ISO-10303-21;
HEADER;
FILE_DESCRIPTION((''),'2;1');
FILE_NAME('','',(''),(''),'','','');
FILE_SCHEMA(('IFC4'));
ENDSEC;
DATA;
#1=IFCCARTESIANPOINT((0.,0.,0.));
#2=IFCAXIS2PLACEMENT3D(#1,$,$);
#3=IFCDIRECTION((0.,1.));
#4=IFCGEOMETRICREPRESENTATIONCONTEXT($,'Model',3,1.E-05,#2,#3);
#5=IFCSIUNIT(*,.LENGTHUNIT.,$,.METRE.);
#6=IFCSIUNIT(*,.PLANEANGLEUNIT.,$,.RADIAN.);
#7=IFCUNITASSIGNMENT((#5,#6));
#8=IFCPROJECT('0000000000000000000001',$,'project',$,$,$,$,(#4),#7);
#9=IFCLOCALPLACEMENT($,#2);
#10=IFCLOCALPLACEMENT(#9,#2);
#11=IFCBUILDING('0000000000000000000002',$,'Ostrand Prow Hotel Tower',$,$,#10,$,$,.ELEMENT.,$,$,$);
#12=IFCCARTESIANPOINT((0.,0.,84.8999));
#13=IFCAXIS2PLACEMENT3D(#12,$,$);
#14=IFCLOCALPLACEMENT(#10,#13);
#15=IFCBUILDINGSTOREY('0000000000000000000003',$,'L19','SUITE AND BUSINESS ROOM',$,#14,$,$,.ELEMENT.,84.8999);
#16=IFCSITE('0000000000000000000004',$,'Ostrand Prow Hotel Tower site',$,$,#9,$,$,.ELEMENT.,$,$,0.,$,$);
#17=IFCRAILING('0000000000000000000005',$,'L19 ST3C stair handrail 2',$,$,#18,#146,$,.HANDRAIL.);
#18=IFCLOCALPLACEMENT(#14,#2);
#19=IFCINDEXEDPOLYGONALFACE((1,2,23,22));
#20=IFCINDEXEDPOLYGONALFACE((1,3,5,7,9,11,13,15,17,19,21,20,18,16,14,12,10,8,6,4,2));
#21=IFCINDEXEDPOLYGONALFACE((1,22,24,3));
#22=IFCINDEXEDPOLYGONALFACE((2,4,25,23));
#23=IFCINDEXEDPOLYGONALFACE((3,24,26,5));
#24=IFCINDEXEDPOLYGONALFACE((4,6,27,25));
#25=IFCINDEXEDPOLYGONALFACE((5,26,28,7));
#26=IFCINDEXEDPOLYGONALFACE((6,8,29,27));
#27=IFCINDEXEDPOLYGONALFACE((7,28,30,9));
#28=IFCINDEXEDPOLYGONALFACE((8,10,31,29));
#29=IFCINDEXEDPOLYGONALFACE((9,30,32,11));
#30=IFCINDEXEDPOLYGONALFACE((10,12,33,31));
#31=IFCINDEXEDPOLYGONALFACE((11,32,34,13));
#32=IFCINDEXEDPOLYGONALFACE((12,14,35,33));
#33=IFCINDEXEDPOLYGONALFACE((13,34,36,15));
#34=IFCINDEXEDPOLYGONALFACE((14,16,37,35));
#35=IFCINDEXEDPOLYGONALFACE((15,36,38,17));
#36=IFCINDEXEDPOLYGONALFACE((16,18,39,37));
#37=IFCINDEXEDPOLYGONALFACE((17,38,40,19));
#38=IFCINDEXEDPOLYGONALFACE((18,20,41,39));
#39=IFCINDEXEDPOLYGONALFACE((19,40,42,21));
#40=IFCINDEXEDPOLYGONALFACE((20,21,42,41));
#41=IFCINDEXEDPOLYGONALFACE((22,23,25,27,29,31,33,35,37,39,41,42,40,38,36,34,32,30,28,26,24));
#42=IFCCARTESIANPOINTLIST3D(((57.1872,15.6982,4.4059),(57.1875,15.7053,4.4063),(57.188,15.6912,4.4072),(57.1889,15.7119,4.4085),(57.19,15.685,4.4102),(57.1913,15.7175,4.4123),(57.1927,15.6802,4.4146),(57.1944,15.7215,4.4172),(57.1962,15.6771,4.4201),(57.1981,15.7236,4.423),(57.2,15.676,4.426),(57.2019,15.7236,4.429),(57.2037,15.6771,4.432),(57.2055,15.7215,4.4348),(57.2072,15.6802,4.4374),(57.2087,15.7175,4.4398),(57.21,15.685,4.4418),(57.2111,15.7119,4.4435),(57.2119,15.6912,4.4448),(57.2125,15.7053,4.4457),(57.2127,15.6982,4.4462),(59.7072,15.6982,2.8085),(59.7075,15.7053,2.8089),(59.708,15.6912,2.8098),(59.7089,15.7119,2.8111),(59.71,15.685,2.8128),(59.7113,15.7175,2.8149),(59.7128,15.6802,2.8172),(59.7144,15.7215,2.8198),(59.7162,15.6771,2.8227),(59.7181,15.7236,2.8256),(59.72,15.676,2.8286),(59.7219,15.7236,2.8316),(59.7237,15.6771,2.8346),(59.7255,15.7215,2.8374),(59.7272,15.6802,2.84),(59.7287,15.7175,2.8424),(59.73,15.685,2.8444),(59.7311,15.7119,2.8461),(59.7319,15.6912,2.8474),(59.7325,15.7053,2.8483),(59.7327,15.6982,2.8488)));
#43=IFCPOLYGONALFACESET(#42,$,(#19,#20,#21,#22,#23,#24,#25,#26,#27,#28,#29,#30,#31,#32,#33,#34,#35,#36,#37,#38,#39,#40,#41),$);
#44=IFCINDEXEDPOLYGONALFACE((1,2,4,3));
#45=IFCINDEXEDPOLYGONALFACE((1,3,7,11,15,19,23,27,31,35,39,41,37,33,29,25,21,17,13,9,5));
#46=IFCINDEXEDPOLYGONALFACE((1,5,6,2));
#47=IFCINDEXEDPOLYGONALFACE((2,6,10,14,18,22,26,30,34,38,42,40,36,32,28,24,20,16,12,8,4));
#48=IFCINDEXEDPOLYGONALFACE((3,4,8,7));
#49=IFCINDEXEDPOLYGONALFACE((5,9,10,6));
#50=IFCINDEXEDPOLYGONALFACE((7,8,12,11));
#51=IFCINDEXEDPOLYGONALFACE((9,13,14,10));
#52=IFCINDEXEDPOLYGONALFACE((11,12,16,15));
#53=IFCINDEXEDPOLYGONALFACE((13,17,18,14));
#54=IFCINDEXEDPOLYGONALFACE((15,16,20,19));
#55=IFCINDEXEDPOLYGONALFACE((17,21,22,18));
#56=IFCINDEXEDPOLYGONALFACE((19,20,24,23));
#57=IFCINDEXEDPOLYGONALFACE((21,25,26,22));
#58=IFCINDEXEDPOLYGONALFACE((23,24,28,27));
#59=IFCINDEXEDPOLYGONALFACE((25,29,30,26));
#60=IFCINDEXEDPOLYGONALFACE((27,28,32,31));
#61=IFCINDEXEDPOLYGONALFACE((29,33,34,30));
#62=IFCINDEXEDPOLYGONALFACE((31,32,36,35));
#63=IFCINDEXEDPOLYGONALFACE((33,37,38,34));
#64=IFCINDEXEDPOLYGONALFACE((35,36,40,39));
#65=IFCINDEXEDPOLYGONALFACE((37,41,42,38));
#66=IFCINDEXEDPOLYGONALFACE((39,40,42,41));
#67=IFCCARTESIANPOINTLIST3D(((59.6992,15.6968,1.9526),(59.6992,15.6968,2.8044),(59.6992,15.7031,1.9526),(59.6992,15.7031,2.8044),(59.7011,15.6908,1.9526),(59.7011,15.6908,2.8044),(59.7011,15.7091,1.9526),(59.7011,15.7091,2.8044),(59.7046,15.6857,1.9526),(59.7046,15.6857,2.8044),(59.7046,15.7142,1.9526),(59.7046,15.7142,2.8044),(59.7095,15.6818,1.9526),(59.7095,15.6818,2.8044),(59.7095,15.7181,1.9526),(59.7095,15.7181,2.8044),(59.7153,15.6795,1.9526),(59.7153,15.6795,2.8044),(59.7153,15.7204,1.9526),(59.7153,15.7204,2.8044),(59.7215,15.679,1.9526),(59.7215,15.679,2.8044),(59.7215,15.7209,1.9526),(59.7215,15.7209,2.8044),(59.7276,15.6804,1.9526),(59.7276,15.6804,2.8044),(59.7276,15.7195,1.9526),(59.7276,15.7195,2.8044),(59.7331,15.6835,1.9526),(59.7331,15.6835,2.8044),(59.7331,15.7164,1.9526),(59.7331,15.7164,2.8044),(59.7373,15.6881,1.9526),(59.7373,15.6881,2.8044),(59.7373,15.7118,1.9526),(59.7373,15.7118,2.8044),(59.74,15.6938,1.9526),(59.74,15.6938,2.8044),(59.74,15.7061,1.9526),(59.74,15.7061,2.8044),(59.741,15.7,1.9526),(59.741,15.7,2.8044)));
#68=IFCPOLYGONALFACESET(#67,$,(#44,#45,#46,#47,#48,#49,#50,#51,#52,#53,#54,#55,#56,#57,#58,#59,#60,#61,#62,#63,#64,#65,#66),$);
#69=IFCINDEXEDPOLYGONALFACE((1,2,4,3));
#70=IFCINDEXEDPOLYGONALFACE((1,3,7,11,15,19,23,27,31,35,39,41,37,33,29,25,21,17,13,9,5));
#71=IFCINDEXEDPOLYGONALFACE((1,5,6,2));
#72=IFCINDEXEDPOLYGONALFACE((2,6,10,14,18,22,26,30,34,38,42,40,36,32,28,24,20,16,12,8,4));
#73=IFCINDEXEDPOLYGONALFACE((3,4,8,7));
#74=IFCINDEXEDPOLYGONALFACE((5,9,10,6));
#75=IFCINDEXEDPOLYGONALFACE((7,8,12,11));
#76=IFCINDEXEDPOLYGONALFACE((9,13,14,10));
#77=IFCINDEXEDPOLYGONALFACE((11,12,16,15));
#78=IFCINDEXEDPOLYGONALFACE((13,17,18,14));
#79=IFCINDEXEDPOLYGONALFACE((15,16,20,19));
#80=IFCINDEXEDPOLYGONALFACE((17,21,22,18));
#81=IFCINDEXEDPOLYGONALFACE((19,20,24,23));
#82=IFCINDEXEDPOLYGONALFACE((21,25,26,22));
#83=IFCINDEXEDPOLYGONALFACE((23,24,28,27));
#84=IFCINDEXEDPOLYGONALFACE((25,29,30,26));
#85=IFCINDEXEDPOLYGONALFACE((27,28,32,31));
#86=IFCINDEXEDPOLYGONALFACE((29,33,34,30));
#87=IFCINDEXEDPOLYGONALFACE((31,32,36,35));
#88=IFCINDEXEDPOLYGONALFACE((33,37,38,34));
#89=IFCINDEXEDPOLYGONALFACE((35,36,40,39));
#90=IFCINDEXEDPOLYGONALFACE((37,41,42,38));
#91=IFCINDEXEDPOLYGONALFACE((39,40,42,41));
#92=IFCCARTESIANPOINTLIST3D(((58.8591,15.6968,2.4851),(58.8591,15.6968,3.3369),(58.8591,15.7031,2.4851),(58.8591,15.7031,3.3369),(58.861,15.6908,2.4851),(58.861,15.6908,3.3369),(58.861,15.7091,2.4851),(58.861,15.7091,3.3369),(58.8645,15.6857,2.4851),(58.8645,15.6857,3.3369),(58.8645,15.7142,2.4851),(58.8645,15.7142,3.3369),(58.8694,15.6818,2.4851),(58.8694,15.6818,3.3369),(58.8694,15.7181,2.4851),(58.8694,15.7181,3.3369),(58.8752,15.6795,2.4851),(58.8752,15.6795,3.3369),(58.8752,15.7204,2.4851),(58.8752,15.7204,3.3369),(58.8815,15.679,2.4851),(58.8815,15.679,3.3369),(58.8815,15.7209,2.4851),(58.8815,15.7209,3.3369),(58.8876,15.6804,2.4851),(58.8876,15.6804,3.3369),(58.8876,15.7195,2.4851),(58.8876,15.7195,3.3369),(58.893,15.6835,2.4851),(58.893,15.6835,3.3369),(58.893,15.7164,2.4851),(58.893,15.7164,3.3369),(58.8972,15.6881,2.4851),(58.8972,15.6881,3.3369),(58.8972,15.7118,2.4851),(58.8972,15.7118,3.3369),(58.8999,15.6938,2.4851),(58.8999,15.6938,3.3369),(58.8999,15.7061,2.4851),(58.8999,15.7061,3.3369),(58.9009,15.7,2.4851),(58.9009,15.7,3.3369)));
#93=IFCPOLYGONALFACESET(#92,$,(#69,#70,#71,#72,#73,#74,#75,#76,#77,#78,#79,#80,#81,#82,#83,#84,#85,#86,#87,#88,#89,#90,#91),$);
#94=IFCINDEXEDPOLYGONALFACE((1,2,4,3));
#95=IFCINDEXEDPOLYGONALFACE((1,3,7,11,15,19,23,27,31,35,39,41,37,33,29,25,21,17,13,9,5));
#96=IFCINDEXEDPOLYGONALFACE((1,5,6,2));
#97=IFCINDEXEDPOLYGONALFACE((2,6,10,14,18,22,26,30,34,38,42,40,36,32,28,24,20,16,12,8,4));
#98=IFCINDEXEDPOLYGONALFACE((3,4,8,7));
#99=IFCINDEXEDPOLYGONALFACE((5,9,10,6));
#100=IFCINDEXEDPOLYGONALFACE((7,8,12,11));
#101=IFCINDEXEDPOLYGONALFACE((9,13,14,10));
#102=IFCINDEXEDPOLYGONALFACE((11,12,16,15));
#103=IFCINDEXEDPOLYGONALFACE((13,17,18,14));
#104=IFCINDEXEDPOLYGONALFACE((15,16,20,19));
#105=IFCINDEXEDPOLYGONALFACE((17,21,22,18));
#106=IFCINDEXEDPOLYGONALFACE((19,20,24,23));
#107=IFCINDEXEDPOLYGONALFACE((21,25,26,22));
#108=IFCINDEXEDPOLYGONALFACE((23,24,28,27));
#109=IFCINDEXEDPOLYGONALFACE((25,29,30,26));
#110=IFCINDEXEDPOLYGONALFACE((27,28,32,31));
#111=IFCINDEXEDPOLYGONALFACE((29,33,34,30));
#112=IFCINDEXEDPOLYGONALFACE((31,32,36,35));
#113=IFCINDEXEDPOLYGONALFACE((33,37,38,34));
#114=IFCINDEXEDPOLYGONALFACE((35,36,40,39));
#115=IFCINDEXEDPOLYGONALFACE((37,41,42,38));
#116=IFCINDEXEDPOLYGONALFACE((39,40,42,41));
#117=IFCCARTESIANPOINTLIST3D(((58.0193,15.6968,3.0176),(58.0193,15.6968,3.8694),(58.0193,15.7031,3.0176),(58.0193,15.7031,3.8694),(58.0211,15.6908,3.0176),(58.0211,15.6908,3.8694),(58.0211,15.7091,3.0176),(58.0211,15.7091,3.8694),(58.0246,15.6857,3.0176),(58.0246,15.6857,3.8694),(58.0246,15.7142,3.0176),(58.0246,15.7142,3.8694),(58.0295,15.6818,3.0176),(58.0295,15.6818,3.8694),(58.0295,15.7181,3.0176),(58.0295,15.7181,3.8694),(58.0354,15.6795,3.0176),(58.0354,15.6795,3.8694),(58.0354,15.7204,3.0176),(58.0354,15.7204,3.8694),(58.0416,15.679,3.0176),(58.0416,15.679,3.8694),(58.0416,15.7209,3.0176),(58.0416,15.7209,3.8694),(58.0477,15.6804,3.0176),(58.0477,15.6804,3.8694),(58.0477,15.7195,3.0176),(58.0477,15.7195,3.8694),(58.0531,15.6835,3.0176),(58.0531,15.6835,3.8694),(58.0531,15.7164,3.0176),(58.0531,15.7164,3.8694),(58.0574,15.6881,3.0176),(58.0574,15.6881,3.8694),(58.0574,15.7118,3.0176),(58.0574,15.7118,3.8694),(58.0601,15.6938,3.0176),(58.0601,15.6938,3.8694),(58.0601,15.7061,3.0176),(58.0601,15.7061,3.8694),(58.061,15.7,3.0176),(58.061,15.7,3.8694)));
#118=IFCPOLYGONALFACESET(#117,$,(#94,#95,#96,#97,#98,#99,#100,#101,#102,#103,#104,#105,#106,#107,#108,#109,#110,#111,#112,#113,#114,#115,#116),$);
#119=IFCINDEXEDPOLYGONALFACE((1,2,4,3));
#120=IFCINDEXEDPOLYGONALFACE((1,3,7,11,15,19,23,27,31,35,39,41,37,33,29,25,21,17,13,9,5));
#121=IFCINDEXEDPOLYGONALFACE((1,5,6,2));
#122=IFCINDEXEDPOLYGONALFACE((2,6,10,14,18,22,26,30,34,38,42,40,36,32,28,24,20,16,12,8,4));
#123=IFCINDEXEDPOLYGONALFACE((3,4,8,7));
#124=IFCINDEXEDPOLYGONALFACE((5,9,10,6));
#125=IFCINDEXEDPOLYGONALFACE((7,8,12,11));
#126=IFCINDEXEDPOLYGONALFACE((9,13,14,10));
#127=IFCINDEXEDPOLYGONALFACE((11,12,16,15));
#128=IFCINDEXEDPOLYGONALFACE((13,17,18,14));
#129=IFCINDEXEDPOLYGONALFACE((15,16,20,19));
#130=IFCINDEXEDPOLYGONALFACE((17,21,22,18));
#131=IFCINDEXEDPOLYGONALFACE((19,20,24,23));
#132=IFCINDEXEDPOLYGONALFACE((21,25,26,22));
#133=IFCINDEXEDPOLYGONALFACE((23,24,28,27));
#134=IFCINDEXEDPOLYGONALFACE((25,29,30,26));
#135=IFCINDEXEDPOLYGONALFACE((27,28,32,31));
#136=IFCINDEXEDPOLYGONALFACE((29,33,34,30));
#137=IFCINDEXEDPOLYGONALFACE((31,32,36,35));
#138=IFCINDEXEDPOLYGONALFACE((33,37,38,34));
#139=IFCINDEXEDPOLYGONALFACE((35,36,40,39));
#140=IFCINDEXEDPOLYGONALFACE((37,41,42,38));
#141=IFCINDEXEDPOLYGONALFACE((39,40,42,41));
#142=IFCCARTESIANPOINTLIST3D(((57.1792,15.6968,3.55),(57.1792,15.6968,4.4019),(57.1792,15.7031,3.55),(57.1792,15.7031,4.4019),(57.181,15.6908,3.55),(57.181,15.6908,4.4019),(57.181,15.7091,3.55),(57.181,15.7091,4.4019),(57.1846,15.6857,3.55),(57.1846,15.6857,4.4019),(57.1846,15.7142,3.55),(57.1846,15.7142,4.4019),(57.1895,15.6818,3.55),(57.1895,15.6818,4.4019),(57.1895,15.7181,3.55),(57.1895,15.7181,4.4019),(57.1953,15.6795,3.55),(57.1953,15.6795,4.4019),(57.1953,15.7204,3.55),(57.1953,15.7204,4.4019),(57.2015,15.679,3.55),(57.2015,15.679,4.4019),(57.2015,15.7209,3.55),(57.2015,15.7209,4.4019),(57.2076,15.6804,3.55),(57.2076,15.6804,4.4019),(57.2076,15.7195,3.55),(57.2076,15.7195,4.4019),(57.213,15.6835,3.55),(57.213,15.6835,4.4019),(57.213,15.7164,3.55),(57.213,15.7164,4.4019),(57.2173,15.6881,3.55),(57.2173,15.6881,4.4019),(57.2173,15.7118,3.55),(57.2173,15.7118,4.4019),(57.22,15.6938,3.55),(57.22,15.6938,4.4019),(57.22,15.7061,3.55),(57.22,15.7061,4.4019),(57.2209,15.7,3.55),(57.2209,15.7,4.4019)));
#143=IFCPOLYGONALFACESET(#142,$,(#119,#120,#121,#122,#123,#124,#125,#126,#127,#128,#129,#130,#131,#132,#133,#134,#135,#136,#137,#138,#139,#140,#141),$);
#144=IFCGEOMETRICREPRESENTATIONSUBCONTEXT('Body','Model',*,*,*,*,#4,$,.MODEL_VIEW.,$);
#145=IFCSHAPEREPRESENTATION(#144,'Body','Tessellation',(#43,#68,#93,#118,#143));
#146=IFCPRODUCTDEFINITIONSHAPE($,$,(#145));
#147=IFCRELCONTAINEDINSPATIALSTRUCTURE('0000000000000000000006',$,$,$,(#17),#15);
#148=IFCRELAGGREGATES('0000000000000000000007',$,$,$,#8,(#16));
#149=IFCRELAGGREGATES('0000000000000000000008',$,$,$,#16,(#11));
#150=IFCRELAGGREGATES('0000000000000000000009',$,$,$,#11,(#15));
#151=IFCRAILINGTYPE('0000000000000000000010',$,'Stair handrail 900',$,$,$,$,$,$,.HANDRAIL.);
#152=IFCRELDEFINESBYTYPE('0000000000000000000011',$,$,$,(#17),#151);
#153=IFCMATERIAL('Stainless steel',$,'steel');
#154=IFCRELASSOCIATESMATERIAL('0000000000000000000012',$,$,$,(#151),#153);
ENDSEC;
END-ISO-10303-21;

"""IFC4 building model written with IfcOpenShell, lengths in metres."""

from ifc_helpers import new_model, si_unit, direction, frame, origin, origin_2d, place, context, subcontext, project, spatial, circle, extrude, material, type_object, element, save


model = new_model("IFC4")

# Units and contexts
model_context = context("Model", 3, precision=1e-05, world=origin(), true_north=direction((0.0, 1.0)))
body_context = subcontext(model_context, "Body", "Model", "MODEL_VIEW")
ifc_project = project(units=[si_unit("LENGTHUNIT", "METRE"), si_unit("PLANEANGLEUNIT", "RADIAN")], contexts=[model_context])

# Site, building, storey
site_placement = place(None, origin())
site = spatial("IfcSite", under=ifc_project, at=site_placement, Name="Ostrand Prow Hotel Tower site", CompositionType="ELEMENT", RefElevation=0.0)
building_placement = place(site_placement, origin())
building = spatial("IfcBuilding", under=site, at=building_placement, Name="Ostrand Prow Hotel Tower", CompositionType="ELEMENT")
storey_placement = place(building_placement, frame((0.0, 0.0, 84.8999)))
storey = spatial("IfcBuildingStorey", under=building, at=storey_placement, Name="L19", Description="SUITE AND BUSINESS ROOM", CompositionType="ELEMENT", Elevation=84.8999)

# Railing
ifc_material_1 = material(Name="Stainless steel", Category="steel")
railing_type_1 = type_object("IfcRailingType", Name="Stair handrail 900", PredefinedType="HANDRAIL", material=ifc_material_1)
railing_1_placement = place(storey_placement, frame((59.72, 15.7, 1.9526)))
element("IfcRailing", 1, at=railing_1_placement, inside=storey, type_object=railing_type_1, Name="L19 ST3C stair handrail 2", PredefinedType="HANDRAIL", context=body_context, shape_type="SweptSolid", body=[
    extrude(circle(Radius=0.0239, at=origin_2d()), frame((0.0, 0.0, 0.876), z_axis=(-0.844607, 0.0, 0.535387), x_axis=(0.0, -1.0, 0.0)), (0.0, 0.0, 1.0), 2.9836),
    extrude(circle(Radius=0.021, at=origin_2d()), origin(), (0.0, 0.0, 1.0), 0.8518),
    extrude(circle(Radius=0.021, at=origin_2d()), frame((-0.8401, 0.0, 0.5325)), (0.0, 0.0, 1.0), 0.8518),
    extrude(circle(Radius=0.021, at=origin_2d()), frame((-1.6799, 0.0, 1.0649)), (0.0, 0.0, 1.0), 0.8518),
    extrude(circle(Radius=0.021, at=origin_2d()), frame((-2.52, 0.0, 1.5974)), (0.0, 0.0, 1.0), 0.8518),
])

save(model, "model.ifc")
